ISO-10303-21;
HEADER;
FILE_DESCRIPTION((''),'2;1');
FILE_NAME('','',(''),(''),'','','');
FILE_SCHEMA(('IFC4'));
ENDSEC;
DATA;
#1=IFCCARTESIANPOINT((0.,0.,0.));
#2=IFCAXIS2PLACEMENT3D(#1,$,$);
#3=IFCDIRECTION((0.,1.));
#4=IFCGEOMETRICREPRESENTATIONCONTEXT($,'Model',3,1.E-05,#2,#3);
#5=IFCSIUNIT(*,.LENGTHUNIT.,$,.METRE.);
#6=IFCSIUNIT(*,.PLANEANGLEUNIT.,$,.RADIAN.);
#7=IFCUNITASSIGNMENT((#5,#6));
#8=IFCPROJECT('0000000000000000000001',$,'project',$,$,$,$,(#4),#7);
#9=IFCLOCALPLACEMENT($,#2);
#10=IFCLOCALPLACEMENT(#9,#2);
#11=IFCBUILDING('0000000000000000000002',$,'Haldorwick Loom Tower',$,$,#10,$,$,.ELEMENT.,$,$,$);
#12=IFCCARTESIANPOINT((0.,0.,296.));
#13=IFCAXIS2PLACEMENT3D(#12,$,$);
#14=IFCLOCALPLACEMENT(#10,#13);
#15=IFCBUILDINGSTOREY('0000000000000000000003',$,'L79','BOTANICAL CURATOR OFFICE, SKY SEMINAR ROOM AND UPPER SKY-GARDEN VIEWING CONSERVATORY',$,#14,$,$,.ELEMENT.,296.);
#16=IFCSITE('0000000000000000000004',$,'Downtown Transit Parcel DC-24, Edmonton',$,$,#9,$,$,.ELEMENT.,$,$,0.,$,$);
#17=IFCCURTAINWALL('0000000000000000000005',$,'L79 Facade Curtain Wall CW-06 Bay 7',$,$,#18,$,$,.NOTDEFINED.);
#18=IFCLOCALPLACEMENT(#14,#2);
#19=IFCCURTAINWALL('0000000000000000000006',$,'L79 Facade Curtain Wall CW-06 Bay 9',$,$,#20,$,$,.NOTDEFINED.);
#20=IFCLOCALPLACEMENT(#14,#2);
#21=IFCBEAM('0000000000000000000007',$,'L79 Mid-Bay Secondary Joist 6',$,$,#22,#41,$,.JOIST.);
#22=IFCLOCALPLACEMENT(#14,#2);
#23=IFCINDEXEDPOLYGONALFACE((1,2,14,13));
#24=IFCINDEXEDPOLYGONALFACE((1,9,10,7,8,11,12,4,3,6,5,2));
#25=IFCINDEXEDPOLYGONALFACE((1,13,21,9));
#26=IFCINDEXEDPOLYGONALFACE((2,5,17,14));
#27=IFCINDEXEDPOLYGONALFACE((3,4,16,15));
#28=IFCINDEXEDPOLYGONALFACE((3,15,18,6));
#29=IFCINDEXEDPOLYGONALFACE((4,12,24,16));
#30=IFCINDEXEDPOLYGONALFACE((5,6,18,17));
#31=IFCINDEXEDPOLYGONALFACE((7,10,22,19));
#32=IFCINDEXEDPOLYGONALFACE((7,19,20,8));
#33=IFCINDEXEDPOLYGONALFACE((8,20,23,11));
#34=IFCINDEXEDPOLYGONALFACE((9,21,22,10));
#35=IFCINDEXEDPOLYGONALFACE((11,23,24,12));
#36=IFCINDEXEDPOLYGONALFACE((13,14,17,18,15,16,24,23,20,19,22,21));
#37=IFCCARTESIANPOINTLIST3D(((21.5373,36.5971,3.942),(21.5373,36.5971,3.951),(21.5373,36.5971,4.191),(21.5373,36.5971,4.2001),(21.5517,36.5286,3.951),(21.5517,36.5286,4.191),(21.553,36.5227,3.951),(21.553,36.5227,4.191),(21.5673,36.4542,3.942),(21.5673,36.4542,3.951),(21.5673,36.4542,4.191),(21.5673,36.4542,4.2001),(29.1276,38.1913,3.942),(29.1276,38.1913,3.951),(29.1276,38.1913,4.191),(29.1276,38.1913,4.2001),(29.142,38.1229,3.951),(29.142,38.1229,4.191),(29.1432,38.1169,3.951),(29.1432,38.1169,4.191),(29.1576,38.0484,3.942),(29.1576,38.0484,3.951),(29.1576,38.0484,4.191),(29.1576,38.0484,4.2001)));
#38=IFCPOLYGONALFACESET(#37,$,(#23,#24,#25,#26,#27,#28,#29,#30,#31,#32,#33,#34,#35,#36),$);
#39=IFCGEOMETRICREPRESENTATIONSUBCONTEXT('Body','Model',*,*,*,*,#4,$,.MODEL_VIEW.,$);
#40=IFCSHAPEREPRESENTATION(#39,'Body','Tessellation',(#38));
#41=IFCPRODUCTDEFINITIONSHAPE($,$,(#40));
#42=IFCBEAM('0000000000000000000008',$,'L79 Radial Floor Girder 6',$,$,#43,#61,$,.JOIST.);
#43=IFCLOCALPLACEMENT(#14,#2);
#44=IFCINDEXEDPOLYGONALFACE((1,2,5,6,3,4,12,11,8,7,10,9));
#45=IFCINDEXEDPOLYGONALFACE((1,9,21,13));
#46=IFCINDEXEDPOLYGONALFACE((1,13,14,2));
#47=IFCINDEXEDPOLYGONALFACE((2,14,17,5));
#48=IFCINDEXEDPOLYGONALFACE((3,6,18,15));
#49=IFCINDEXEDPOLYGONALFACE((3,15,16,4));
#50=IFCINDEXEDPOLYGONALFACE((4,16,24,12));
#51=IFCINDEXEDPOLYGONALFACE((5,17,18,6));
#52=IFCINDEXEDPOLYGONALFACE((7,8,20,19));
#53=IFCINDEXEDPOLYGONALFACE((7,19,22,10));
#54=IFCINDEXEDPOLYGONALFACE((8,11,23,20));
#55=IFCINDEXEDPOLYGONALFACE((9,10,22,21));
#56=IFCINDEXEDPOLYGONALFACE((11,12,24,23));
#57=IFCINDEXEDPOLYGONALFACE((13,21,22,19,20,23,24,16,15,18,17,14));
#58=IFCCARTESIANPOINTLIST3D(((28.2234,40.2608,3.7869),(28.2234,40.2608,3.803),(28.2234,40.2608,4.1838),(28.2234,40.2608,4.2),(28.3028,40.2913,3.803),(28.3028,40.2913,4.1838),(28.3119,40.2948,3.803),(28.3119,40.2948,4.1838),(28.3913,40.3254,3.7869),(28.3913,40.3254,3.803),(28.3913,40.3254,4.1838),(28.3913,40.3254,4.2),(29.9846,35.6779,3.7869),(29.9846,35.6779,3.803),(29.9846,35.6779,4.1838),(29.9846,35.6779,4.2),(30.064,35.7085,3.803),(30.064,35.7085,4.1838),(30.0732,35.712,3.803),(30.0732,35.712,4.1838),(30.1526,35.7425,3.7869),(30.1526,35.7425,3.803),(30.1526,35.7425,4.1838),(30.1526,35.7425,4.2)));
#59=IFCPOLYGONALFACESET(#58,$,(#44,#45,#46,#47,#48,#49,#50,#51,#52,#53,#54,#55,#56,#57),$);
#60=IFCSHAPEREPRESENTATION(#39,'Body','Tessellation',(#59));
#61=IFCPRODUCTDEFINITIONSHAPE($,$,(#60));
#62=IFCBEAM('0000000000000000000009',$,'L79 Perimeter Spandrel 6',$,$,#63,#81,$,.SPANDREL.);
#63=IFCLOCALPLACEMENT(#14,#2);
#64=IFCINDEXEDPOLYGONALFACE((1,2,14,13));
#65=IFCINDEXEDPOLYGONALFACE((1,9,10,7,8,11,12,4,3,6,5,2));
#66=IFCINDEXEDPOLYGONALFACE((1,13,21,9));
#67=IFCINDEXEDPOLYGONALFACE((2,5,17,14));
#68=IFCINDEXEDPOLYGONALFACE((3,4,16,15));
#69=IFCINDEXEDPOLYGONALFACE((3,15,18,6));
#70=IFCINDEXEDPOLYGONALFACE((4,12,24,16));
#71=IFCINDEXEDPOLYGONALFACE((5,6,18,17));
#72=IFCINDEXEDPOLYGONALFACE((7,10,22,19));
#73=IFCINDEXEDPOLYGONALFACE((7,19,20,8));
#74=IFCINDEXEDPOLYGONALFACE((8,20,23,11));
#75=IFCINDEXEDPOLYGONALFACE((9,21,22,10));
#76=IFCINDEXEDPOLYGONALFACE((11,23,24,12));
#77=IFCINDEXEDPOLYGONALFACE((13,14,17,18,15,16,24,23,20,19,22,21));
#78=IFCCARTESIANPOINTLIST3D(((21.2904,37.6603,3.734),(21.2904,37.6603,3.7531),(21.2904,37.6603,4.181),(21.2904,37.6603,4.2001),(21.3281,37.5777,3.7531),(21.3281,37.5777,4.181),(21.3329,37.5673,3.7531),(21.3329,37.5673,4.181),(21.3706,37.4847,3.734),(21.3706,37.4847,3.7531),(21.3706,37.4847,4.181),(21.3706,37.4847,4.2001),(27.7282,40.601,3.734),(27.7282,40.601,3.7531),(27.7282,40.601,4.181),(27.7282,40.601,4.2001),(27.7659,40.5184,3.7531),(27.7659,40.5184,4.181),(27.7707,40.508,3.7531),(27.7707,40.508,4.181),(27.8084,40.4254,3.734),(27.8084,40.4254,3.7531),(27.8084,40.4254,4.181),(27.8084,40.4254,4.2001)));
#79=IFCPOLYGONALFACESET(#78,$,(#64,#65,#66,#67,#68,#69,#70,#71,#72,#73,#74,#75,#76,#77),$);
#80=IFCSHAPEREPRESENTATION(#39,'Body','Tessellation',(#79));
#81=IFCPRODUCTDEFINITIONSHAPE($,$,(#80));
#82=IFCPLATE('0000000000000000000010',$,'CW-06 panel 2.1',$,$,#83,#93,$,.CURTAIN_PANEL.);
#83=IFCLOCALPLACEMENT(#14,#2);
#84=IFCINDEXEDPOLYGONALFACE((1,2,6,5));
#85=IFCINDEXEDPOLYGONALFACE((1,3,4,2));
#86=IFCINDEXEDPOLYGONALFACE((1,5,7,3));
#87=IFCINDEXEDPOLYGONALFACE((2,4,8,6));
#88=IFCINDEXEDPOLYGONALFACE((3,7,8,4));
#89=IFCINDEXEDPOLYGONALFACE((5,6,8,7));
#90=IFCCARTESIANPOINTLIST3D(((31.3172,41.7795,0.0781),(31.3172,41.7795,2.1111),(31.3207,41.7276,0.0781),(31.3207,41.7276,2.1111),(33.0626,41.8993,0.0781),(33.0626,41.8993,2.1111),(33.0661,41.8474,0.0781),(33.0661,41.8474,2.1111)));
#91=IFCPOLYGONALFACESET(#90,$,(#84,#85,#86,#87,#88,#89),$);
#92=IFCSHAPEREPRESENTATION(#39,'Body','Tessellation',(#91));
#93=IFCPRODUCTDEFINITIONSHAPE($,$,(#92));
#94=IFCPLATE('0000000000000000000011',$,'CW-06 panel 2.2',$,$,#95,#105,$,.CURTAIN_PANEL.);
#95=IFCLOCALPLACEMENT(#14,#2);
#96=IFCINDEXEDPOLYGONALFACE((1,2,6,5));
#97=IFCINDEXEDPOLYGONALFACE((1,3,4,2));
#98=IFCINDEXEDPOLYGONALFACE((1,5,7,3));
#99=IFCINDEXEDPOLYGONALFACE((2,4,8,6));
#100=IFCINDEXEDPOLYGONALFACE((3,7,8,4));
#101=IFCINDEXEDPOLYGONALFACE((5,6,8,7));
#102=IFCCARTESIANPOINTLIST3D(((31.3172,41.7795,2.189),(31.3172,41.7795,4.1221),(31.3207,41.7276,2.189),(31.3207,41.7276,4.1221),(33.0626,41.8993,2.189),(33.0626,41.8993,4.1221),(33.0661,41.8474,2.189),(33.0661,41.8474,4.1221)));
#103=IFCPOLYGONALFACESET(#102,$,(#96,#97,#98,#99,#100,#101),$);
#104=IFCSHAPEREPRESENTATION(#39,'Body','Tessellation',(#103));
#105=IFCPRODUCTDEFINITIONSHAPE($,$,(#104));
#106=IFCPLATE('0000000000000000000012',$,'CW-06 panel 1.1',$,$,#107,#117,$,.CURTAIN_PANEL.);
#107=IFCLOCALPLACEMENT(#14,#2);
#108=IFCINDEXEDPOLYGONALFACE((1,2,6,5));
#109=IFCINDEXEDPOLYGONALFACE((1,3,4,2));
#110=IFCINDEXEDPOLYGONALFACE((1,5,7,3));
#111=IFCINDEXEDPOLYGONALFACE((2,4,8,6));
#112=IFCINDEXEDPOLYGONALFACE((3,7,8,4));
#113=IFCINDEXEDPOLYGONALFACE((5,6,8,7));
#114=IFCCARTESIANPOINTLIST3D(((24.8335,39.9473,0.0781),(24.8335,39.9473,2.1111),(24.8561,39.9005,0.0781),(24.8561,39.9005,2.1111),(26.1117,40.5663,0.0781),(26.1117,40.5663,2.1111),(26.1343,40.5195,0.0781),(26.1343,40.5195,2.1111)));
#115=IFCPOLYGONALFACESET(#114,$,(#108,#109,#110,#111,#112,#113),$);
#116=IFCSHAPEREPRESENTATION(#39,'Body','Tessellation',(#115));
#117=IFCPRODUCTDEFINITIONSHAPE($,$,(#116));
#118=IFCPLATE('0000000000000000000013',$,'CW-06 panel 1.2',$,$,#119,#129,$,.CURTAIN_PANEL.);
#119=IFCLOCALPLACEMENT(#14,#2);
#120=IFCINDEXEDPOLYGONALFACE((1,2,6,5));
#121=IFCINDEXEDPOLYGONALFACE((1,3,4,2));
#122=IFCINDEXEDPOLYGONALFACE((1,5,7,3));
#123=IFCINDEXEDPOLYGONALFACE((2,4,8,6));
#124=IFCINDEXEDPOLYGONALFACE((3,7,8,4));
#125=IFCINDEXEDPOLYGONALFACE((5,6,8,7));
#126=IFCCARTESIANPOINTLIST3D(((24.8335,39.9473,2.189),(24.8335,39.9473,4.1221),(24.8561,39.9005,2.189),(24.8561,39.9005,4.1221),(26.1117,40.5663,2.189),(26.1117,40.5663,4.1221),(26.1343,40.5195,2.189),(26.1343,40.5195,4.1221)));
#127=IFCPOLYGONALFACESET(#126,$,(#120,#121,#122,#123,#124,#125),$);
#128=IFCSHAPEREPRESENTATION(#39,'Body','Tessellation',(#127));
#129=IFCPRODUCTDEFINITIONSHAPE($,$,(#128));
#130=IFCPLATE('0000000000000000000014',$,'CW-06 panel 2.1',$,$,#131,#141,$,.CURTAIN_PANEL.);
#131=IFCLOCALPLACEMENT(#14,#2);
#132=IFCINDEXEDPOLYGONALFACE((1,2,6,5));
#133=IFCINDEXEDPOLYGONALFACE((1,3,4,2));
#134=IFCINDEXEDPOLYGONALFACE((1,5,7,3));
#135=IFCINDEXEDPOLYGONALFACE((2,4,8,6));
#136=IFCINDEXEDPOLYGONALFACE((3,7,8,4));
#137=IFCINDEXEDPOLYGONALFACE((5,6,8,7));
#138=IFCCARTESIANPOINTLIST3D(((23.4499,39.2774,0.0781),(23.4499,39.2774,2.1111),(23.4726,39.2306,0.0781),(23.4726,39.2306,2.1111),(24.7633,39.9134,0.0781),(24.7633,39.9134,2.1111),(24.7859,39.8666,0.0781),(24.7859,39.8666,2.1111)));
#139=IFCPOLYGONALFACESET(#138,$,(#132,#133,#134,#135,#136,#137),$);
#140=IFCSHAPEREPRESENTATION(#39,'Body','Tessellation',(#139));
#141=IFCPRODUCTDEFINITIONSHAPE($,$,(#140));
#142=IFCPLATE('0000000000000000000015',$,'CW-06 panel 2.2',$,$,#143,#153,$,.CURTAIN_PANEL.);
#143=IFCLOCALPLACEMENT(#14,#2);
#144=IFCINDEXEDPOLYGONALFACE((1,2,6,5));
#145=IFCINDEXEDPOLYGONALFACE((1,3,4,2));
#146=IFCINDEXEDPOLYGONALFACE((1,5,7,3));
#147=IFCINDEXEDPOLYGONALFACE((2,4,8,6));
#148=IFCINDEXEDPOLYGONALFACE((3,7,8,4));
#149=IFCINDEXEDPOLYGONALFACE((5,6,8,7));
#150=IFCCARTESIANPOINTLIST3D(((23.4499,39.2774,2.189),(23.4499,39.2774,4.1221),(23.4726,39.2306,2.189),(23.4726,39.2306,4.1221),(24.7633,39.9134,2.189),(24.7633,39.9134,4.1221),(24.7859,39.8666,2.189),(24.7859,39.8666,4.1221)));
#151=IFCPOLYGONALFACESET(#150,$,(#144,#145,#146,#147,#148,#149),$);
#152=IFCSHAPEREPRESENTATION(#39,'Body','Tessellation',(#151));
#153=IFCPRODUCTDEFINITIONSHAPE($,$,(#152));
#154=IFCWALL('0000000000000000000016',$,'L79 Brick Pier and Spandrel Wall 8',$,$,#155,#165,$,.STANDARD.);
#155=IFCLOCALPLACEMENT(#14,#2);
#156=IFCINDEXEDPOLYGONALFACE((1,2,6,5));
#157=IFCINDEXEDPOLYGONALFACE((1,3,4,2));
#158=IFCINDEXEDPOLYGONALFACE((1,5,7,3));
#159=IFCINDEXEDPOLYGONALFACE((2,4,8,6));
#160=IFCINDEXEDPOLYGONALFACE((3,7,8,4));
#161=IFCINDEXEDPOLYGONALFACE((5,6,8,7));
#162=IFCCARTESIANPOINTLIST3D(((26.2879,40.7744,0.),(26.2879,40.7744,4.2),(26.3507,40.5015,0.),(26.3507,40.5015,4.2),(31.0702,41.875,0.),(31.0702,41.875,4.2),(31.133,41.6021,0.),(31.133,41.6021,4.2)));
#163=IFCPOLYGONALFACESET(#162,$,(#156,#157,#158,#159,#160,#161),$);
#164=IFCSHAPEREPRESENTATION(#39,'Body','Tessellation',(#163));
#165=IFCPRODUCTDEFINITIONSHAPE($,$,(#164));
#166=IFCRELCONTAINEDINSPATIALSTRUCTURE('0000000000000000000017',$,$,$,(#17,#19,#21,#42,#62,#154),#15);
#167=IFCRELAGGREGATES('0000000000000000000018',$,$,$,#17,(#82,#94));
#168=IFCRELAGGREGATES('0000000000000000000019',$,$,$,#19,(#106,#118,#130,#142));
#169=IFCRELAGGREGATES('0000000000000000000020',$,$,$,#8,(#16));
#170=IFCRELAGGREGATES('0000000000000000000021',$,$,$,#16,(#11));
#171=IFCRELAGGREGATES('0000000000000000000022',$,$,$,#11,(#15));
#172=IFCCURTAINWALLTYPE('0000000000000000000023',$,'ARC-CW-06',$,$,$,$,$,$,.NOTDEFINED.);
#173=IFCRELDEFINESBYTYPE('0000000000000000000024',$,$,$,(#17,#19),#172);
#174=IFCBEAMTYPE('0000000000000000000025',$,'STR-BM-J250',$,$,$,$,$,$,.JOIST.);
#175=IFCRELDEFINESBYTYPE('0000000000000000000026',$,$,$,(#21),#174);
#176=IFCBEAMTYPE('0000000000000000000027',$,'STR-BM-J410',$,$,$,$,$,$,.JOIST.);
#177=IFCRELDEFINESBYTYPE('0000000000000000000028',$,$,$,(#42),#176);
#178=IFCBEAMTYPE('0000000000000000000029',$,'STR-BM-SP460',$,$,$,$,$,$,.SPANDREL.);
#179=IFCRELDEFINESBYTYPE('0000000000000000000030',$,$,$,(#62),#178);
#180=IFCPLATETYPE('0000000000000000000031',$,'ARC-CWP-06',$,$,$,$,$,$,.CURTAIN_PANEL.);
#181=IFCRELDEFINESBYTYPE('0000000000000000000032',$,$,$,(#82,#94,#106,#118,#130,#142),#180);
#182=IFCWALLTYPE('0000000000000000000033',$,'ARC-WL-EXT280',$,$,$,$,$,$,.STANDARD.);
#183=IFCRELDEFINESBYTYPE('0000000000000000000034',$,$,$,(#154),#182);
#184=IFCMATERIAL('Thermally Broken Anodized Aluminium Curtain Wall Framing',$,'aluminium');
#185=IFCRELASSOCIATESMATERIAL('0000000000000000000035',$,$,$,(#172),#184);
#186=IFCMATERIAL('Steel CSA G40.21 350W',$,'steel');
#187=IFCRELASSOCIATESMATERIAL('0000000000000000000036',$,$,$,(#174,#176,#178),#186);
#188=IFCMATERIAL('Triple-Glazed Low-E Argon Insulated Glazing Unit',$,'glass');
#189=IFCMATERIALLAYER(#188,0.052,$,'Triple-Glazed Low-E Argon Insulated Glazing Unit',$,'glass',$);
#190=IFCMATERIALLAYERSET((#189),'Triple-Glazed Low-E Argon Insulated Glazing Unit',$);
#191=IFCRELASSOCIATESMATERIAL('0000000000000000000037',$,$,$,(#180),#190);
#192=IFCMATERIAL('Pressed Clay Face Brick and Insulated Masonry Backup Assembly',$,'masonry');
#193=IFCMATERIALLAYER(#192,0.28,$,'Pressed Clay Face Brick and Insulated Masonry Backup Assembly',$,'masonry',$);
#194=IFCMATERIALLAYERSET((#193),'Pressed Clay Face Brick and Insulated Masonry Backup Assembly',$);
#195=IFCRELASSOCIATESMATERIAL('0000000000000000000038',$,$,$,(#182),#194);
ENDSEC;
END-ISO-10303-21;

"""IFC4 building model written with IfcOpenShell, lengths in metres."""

from ifc_helpers import new_model, si_unit, direction, frame, frame_2d, origin, origin_2d, place, context, subcontext, project, spatial, rectangle, i_section, extrude, material, layer, layer_set, material_profile, profile_set, type_object, element, aggregate, save


model = new_model("IFC4")

# Units and contexts
model_context = context("Model", 3, precision=1e-05, world=origin(), true_north=direction((0.0, 1.0)))
body_context = subcontext(model_context, "Body", "Model", "MODEL_VIEW")
ifc_project = project(units=[si_unit("LENGTHUNIT", "METRE"), si_unit("PLANEANGLEUNIT", "RADIAN")], contexts=[model_context])

# Site, building, storey
site_placement = place(None, origin())
site = spatial("IfcSite", under=ifc_project, at=site_placement, Name="Downtown Transit Parcel DC-24, Edmonton", CompositionType="ELEMENT", RefElevation=0.0)
building_placement = place(site_placement, origin())
building = spatial("IfcBuilding", under=site, at=building_placement, Name="Haldorwick Loom Tower", CompositionType="ELEMENT")
storey_placement = place(building_placement, frame((0.0, 0.0, 296.0)))
storey = spatial("IfcBuildingStorey", under=building, at=storey_placement, Name="L79", Description="BOTANICAL CURATOR OFFICE, SKY SEMINAR ROOM AND UPPER SKY-GARDEN VIEWING CONSERVATORY", CompositionType="ELEMENT", Elevation=296.0)

# Curtain walls
ifc_material_1 = material(Name="Thermally Broken Anodized Aluminium Curtain Wall Framing", Category="aluminium")
curtain_wall_type = type_object("IfcCurtainWallType", Name="ARC-CW-06", PredefinedType="NOTDEFINED", material=ifc_material_1)
curtain_wall_1_placement = place(storey_placement, origin())
curtain_wall_1 = element("IfcCurtainWall", 1, at=curtain_wall_1_placement, inside=storey, type_object=curtain_wall_type, Name="L79 Facade Curtain Wall CW-06 Bay 7", PredefinedType="NOTDEFINED")
curtain_wall_2_placement = place(storey_placement, origin())
curtain_wall_2 = element("IfcCurtainWall", 2, at=curtain_wall_2_placement, inside=storey, type_object=curtain_wall_type, Name="L79 Facade Curtain Wall CW-06 Bay 9", PredefinedType="NOTDEFINED")

# Beams
ifc_material_2 = material(Name="Steel CSA G40.21 350W", Category="steel")
ifc_material_profile_1 = material_profile(ifc_material_2, i_section(OverallWidth=0.146, OverallDepth=0.2581, WebThickness=0.0061, FlangeThickness=0.009, at=origin_2d()), Name="W250X33", Category="steel")
ifc_profile_set_1 = profile_set([ifc_material_profile_1], Name="Steel CSA G40.21 350W")
beam_type_1 = type_object("IfcBeamType", Name="STR-BM-J250", PredefinedType="JOIST", material=ifc_profile_set_1)
beam_1_placement = place(storey_placement, frame((29.1426, 38.1199, 4.071), z_axis=(-0.978647, -0.20555, 0.0), x_axis=(0.20555, -0.978647, 0.0)))
element("IfcBeam", 3, at=beam_1_placement, inside=storey, type_object=beam_type_1, Name="L79 Mid-Bay Secondary Joist 6", PredefinedType="JOIST", context=body_context, shape_type="SweptSolid", body=[
    extrude(i_section(OverallWidth=0.146, OverallDepth=0.2581, WebThickness=0.0061, FlangeThickness=0.009, at=origin_2d()), origin(), (0.0, 0.0, 1.0), 7.7559),
])
ifc_material_profile_2 = material_profile(ifc_material_2, i_section(OverallWidth=0.1799, OverallDepth=0.4131, WebThickness=0.0098, FlangeThickness=0.0161, at=origin_2d()), Name="W410X74", Category="steel")
ifc_profile_set_2 = profile_set([ifc_material_profile_2], Name="Steel CSA G40.21 350W")
beam_type_2 = type_object("IfcBeamType", Name="STR-BM-J410", PredefinedType="JOIST", material=ifc_profile_set_2)
beam_2_placement = place(storey_placement, frame((30.0686, 35.7102, 3.9934), z_axis=(-0.358736, 0.933439, 0.0), x_axis=(-0.933439, -0.358736, 0.0)))
element("IfcBeam", 4, at=beam_2_placement, inside=storey, type_object=beam_type_2, Name="L79 Radial Floor Girder 6", PredefinedType="JOIST", context=body_context, shape_type="SweptSolid", body=[
    extrude(i_section(OverallWidth=0.1799, OverallDepth=0.4131, WebThickness=0.0098, FlangeThickness=0.0161, at=origin_2d()), origin(), (0.0, 0.0, 1.0), 4.9097),
])
ifc_material_profile_3 = material_profile(ifc_material_2, i_section(OverallWidth=0.1931, OverallDepth=0.4661, WebThickness=0.0115, FlangeThickness=0.019, at=origin_2d()), Name="W460X97", Category="steel")
ifc_profile_set_3 = profile_set([ifc_material_profile_3], Name="Steel CSA G40.21 350W")
beam_type_3 = type_object("IfcBeamType", Name="STR-BM-SP460", PredefinedType="SPANDREL", material=ifc_profile_set_3)
beam_3_placement = place(storey_placement, frame((27.7683, 40.5132, 3.967), z_axis=(-0.909597, -0.415492, 0.0), x_axis=(0.415492, -0.909597, 0.0)))
element("IfcBeam", 5, at=beam_3_placement, inside=storey, type_object=beam_type_3, Name="L79 Perimeter Spandrel 6", PredefinedType="SPANDREL", context=body_context, shape_type="SweptSolid", body=[
    extrude(i_section(OverallWidth=0.1931, OverallDepth=0.4661, WebThickness=0.0115, FlangeThickness=0.019, at=origin_2d()), origin(), (0.0, 0.0, 1.0), 7.0776),
])

# Plates
ifc_material_3 = material(Name="Triple-Glazed Low-E Argon Insulated Glazing Unit", Category="glass")
ifc_layer_1 = layer(ifc_material_3, 0.052, Name="Triple-Glazed Low-E Argon Insulated Glazing Unit", Category="glass")
ifc_layer_set_1 = layer_set([ifc_layer_1], Name="Triple-Glazed Low-E Argon Insulated Glazing Unit")
plate_type = type_object("IfcPlateType", Name="ARC-CWP-06", PredefinedType="CURTAIN_PANEL", material=ifc_layer_set_1)
plate_1_placement = place(storey_placement, frame((32.1917, 41.8135, 0.0781), z_axis=(0.0, 0.0, 1.0), x_axis=(-0.997653, -0.068469, 0.0)))
plate_1 = element("IfcPlate", 6, at=plate_1_placement, type_object=plate_type, Name="CW-06 panel 2.1", PredefinedType="CURTAIN_PANEL", context=body_context, shape_type="SweptSolid", body=[
    extrude(rectangle(XDim=1.7495, YDim=0.052, at=origin_2d()), origin(), (0.0, 0.0, 1.0), 2.033),
])
plate_2_placement = place(storey_placement, frame((32.1917, 41.8135, 2.189), z_axis=(0.0, 0.0, 1.0), x_axis=(-0.997653, -0.068469, 0.0)))
plate_2 = element("IfcPlate", 7, at=plate_2_placement, type_object=plate_type, Name="CW-06 panel 2.2", PredefinedType="CURTAIN_PANEL", context=body_context, shape_type="SweptSolid", body=[
    extrude(rectangle(XDim=1.7495, YDim=0.052, at=origin_2d()), origin(), (0.0, 0.0, 1.0), 1.9331),
])
aggregate(curtain_wall_1, [plate_1, plate_2])
plate_3_placement = place(storey_placement, frame((25.4839, 40.2334, 0.0781), z_axis=(0.0, 0.0, 1.0), x_axis=(-0.900032, -0.435824, 0.0)))
plate_3 = element("IfcPlate", 8, at=plate_3_placement, type_object=plate_type, Name="CW-06 panel 1.1", PredefinedType="CURTAIN_PANEL", context=body_context, shape_type="SweptSolid", body=[
    extrude(rectangle(XDim=1.4202, YDim=0.052, at=origin_2d()), origin(), (0.0, 0.0, 1.0), 2.033),
])
plate_4_placement = place(storey_placement, frame((25.4839, 40.2334, 2.189), z_axis=(0.0, 0.0, 1.0), x_axis=(-0.900032, -0.435824, 0.0)))
plate_4 = element("IfcPlate", 9, at=plate_4_placement, type_object=plate_type, Name="CW-06 panel 1.2", PredefinedType="CURTAIN_PANEL", context=body_context, shape_type="SweptSolid", body=[
    extrude(rectangle(XDim=1.4202, YDim=0.052, at=origin_2d()), origin(), (0.0, 0.0, 1.0), 1.9331),
])
plate_5_placement = place(storey_placement, frame((24.1179, 39.572, 0.0781), z_axis=(0.0, 0.0, 1.0), x_axis=(-0.900032, -0.435824, 0.0)))
plate_5 = element("IfcPlate", 10, at=plate_5_placement, type_object=plate_type, Name="CW-06 panel 2.1", PredefinedType="CURTAIN_PANEL", context=body_context, shape_type="SweptSolid", body=[
    extrude(rectangle(XDim=1.4592, YDim=0.052, at=origin_2d()), origin(), (0.0, 0.0, 1.0), 2.033),
])
plate_6_placement = place(storey_placement, frame((24.1179, 39.572, 2.189), z_axis=(0.0, 0.0, 1.0), x_axis=(-0.900032, -0.435824, 0.0)))
plate_6 = element("IfcPlate", 11, at=plate_6_placement, type_object=plate_type, Name="CW-06 panel 2.2", PredefinedType="CURTAIN_PANEL", context=body_context, shape_type="SweptSolid", body=[
    extrude(rectangle(XDim=1.4592, YDim=0.052, at=origin_2d()), origin(), (0.0, 0.0, 1.0), 1.9331),
])
aggregate(curtain_wall_2, [plate_3, plate_4, plate_5, plate_6])

# Wall
ifc_material_4 = material(Name="Pressed Clay Face Brick and Insulated Masonry Backup Assembly", Category="masonry")
ifc_layer_2 = layer(ifc_material_4, 0.28, Name="Pressed Clay Face Brick and Insulated Masonry Backup Assembly", Category="masonry")
ifc_layer_set_2 = layer_set([ifc_layer_2], Name="Pressed Clay Face Brick and Insulated Masonry Backup Assembly")
wall_type = type_object("IfcWallType", Name="ARC-WL-EXT280", PredefinedType="STANDARD", material=ifc_layer_set_2)
wall_placement = place(storey_placement, frame((31.1016, 41.7385, 0.0), z_axis=(0.0, 0.0, 1.0), x_axis=(-0.974525, -0.224278, 0.0)))
element("IfcWall", 12, at=wall_placement, inside=storey, type_object=wall_type, Name="L79 Brick Pier and Spandrel Wall 8", PredefinedType="STANDARD", context=body_context, shape_type="SweptSolid", body=[
    extrude(rectangle(XDim=4.9072, YDim=0.28, at=frame_2d((2.4536, 0.0))), origin(), (0.0, 0.0, 1.0), 4.2),
])

save(model, "model.ifc")
